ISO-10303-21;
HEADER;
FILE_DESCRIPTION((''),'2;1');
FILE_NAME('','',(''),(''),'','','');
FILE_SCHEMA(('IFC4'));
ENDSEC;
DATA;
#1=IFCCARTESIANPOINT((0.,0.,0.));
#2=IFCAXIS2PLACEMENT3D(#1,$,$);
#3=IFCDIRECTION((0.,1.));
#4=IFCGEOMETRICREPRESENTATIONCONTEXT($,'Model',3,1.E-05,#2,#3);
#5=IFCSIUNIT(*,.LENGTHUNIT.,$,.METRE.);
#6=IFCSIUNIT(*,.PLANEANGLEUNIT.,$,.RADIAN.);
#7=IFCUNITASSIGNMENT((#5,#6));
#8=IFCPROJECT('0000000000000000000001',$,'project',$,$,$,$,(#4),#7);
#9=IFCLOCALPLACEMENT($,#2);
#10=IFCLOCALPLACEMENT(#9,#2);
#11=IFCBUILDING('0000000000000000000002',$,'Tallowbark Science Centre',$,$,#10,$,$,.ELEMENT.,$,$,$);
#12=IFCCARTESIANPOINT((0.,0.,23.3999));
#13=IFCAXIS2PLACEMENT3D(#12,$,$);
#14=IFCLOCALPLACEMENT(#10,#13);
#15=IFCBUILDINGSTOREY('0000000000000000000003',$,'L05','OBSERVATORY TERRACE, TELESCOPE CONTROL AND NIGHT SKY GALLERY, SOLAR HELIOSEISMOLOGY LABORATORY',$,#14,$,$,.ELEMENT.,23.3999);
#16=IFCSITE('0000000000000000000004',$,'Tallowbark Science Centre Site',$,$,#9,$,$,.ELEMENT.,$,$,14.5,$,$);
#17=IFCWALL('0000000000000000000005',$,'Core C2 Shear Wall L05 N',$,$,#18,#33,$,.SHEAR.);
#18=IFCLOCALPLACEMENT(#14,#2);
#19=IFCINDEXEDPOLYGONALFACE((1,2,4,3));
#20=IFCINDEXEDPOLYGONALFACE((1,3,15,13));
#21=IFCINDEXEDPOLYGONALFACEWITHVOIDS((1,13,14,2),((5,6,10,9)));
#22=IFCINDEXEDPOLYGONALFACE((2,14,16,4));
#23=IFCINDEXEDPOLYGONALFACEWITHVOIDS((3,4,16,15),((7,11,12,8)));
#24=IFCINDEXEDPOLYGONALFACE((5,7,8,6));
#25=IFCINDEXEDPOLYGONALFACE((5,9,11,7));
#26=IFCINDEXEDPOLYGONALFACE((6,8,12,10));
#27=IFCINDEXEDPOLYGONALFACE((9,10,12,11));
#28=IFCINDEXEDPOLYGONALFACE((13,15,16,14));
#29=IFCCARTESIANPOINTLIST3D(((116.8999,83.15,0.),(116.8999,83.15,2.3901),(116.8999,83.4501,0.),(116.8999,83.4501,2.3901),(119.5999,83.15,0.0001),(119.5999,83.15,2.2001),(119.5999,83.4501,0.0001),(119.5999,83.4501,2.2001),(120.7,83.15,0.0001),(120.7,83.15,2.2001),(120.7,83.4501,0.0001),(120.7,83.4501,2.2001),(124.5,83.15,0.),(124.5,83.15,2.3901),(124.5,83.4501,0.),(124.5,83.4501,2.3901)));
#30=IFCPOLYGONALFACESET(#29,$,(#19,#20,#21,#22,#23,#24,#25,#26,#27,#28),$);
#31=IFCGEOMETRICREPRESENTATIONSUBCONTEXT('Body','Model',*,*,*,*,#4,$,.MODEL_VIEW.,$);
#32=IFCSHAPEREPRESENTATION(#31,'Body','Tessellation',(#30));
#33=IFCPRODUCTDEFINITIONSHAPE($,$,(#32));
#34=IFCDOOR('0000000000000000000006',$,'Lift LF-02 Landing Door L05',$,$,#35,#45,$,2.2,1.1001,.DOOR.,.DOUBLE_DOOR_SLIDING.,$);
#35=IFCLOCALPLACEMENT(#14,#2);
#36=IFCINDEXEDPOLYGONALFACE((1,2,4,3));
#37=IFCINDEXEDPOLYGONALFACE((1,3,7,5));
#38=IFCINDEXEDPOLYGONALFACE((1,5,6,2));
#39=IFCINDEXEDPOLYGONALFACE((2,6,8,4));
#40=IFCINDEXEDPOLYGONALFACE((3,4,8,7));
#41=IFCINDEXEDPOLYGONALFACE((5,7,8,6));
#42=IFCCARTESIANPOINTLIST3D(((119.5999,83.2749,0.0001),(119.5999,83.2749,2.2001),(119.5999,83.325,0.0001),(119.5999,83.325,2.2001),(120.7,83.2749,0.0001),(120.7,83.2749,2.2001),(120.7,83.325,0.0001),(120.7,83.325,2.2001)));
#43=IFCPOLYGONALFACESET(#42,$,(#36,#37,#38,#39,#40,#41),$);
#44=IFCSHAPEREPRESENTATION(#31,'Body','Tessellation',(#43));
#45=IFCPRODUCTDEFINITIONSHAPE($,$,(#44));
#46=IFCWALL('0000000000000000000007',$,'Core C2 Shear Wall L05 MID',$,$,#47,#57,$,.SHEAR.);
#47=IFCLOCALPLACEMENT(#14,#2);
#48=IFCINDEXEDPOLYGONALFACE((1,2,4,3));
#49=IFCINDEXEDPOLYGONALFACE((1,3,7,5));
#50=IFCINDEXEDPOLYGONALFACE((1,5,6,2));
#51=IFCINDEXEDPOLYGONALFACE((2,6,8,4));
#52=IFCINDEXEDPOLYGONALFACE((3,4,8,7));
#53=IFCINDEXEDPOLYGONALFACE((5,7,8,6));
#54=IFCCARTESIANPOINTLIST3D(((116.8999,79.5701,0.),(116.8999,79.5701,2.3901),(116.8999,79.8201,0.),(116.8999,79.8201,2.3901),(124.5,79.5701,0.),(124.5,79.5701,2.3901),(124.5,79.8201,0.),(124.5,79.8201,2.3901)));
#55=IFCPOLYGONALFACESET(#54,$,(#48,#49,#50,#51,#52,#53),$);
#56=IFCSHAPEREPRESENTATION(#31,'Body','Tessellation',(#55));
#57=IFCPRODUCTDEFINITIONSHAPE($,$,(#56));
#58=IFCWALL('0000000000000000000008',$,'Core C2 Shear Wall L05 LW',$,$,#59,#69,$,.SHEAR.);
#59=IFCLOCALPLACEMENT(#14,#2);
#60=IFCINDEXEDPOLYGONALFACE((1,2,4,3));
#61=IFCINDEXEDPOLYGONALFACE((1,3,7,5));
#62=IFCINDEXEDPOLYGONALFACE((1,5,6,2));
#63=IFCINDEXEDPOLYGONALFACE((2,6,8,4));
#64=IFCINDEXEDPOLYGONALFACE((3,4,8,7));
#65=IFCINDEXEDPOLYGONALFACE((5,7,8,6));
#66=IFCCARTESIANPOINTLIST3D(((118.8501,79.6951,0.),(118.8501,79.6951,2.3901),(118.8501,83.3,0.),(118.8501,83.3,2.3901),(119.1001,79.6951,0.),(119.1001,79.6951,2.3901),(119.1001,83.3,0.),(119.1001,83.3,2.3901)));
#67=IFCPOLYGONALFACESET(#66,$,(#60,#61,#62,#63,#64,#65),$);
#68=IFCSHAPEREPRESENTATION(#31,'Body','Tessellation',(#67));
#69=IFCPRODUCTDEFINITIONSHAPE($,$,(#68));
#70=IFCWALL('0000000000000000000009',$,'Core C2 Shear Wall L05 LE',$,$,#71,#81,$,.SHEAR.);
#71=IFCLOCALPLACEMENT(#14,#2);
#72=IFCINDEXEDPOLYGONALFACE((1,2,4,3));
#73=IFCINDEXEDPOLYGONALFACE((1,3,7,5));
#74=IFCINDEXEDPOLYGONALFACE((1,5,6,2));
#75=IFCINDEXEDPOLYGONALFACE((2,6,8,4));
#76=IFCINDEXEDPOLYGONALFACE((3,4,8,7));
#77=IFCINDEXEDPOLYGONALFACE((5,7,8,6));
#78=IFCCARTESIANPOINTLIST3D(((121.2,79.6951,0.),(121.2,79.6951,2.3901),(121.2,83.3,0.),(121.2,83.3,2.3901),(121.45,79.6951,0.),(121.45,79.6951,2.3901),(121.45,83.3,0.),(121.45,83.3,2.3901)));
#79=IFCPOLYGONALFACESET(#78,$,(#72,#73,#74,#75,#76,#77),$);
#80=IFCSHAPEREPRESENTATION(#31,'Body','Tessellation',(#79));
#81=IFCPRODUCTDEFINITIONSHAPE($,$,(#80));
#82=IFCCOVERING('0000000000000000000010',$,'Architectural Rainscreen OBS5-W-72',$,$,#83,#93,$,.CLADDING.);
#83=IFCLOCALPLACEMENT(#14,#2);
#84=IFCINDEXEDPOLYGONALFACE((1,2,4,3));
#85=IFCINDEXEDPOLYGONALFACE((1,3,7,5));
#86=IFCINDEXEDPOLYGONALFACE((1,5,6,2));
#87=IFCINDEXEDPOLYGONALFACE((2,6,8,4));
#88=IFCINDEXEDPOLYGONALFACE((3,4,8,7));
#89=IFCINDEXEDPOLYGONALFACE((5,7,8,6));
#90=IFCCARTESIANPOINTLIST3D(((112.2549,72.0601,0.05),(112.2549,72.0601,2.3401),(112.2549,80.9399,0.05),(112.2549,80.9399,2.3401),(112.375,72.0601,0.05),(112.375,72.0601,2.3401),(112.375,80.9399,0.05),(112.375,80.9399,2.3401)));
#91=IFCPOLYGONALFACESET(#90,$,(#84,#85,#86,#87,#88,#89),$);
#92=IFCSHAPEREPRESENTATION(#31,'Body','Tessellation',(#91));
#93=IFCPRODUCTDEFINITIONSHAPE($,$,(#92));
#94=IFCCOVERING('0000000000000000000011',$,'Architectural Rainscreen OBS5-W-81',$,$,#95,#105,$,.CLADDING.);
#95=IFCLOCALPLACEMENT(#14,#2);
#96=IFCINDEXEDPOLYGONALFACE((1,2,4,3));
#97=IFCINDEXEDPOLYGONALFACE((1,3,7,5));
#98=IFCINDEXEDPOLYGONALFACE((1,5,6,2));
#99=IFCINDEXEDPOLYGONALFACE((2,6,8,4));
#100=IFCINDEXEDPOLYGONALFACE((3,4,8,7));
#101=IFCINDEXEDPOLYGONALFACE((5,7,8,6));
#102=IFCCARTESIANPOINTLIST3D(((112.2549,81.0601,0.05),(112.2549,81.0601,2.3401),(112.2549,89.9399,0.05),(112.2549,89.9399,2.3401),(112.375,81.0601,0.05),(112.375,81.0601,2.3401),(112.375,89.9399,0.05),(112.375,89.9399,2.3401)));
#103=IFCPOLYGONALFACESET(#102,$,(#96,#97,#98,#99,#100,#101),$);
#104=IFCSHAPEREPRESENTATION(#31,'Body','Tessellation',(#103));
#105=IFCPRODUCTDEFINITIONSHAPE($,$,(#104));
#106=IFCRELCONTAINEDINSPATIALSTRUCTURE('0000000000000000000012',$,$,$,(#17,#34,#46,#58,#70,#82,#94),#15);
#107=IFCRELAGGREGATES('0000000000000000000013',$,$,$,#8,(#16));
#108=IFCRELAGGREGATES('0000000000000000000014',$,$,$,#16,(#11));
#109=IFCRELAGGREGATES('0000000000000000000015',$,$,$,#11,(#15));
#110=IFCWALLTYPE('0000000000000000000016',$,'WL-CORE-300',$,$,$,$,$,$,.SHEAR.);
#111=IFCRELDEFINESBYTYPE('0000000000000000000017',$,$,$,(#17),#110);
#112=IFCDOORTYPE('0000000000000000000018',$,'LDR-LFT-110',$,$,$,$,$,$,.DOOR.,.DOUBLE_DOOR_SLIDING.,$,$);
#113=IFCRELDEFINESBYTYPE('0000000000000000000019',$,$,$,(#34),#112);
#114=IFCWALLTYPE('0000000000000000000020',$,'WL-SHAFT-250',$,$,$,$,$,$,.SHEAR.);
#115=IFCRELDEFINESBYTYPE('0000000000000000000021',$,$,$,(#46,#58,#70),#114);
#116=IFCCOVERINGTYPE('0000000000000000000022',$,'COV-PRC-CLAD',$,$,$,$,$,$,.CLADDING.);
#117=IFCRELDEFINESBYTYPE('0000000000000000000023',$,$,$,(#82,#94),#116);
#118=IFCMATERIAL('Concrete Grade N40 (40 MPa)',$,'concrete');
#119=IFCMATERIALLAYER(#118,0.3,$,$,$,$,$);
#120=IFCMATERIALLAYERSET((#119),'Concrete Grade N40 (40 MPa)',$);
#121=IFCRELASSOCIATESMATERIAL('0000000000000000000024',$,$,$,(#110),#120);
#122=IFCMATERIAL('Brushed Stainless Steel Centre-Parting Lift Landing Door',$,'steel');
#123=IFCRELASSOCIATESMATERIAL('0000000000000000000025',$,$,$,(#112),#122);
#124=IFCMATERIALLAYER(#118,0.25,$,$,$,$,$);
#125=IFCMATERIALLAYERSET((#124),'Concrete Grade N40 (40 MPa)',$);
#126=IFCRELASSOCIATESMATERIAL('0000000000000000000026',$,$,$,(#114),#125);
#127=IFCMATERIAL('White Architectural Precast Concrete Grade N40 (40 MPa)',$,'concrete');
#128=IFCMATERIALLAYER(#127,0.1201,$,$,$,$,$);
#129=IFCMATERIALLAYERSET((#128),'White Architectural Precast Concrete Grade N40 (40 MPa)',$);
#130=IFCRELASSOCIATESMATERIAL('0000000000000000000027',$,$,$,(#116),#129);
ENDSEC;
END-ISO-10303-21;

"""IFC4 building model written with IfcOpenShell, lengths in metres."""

from ifc_helpers import new_model, si_unit, direction, frame, frame_2d, origin, origin_2d, place, context, subcontext, project, spatial, rectangle, extrude, material, layer, layer_set, type_object, element, fill, save


model = new_model("IFC4")

# Units and contexts
model_context = context("Model", 3, precision=1e-05, world=origin(), true_north=direction((0.0, 1.0)))
body_context = subcontext(model_context, "Body", "Model", "MODEL_VIEW")
ifc_project = project(units=[si_unit("LENGTHUNIT", "METRE"), si_unit("PLANEANGLEUNIT", "RADIAN")], contexts=[model_context])

# Site, building, storey
site_placement = place(None, origin())
site = spatial("IfcSite", under=ifc_project, at=site_placement, Name="Tallowbark Science Centre Site", CompositionType="ELEMENT", RefElevation=14.5)
building_placement = place(site_placement, origin())
building = spatial("IfcBuilding", under=site, at=building_placement, Name="Tallowbark Science Centre", CompositionType="ELEMENT")
storey_placement = place(building_placement, frame((0.0, 0.0, 23.3999)))
storey = spatial("IfcBuildingStorey", under=building, at=storey_placement, Name="L05", Description="OBSERVATORY TERRACE, TELESCOPE CONTROL AND NIGHT SKY GALLERY, SOLAR HELIOSEISMOLOGY LABORATORY", CompositionType="ELEMENT", Elevation=23.3999)

# Shared definitions
ifc_material_1 = material(Name="Concrete Grade N40 (40 MPa)", Category="concrete")
ifc_layer_1 = layer(ifc_material_1, 0.3)
ifc_layer_set_1 = layer_set([ifc_layer_1], Name="Concrete Grade N40 (40 MPa)")
wall_type_1 = type_object("IfcWallType", Name="WL-CORE-300", PredefinedType="SHEAR", material=ifc_layer_set_1)

# Wall, opening, door
wall_1_placement = place(storey_placement, frame((116.8999, 83.3, 0.0), z_axis=(0.0, 0.0, 1.0), x_axis=(1.0, 0.0, 0.0)))
wall_1 = element("IfcWall", 1, at=wall_1_placement, inside=storey, type_object=wall_type_1, Name="Core C2 Shear Wall L05 N", PredefinedType="SHEAR", context=body_context, shape_type="SweptSolid", body=[
    extrude(rectangle(XDim=7.6001, YDim=0.3, at=frame_2d((3.8, 0.0))), origin(), (0.0, 0.0, 1.0), 2.3901),
])
opening_1_placement = place(wall_1_placement, frame((2.7, 0.0, 0.0)))
opening_1 = element("IfcOpeningElement", 2, at=opening_1_placement, cuts=wall_1, PredefinedType="OPENING", context=body_context, shape_type="SweptSolid", body=[
    extrude(rectangle(XDim=1.1001, YDim=2.2, at=frame_2d((0.55, 1.1001))), frame((0.0, 0.1602, 0.0), z_axis=(0.0, -1.0, 0.0), x_axis=(1.0, 0.0, 0.0)), (0.0, 0.0, 1.0), 0.3201),
])
ifc_material_2 = material(Name="Brushed Stainless Steel Centre-Parting Lift Landing Door", Category="steel")
door_type_1 = type_object("IfcDoorType", Name="LDR-LFT-110", OperationType="DOUBLE_DOOR_SLIDING", PredefinedType="DOOR", material=ifc_material_2)
door_1_placement = place(opening_1_placement, origin())
door_1 = element("IfcDoor", 3, at=door_1_placement, inside=storey, type_object=door_type_1, Name="Lift LF-02 Landing Door L05", OperationType="DOUBLE_DOOR_SLIDING", OverallHeight=2.2, OverallWidth=1.1001, PredefinedType="DOOR", context=body_context, shape_type="SweptSolid", body=[
    extrude(rectangle(XDim=1.1001, YDim=2.2, at=frame_2d((0.55, 1.1001))), frame((0.0, 0.0249, 0.0), z_axis=(0.0, -1.0, 0.0), x_axis=(1.0, 0.0, 0.0)), (0.0, 0.0, 1.0), 0.05),
])
fill(opening_1, door_1)

# Walls
ifc_layer_2 = layer(ifc_material_1, 0.25)
ifc_layer_set_2 = layer_set([ifc_layer_2], Name="Concrete Grade N40 (40 MPa)")
wall_type_2 = type_object("IfcWallType", Name="WL-SHAFT-250", PredefinedType="SHEAR", material=ifc_layer_set_2)
wall_2_placement = place(storey_placement, frame((116.8999, 79.6951, 0.0), z_axis=(0.0, 0.0, 1.0), x_axis=(1.0, 0.0, 0.0)))
element("IfcWall", 4, at=wall_2_placement, inside=storey, type_object=wall_type_2, Name="Core C2 Shear Wall L05 MID", PredefinedType="SHEAR", context=body_context, shape_type="SweptSolid", body=[
    extrude(rectangle(XDim=7.6001, YDim=0.25, at=frame_2d((3.8, 0.0))), origin(), (0.0, 0.0, 1.0), 2.3901),
])
for number, where, z_axis, x_axis, name in (
    (5, (118.9751, 79.6951, 0.0), (0.0, 0.0, 1.0), (0.0, 1.0, 0.0), "Core C2 Shear Wall L05 LW"),
    (6, (121.325, 79.6951, 0.0), (0.0, 0.0, 1.0), (0.0, 1.0, 0.0), "Core C2 Shear Wall L05 LE"),
):
    element("IfcWall", number, at=place(storey_placement, frame(where, z_axis=z_axis, x_axis=x_axis)), inside=storey, type_object=wall_type_2, Name=name, PredefinedType="SHEAR", context=body_context, shape_type="SweptSolid", body=[
        extrude(rectangle(XDim=3.605, YDim=0.25, at=frame_2d((1.8025, 0.0))), origin(), (0.0, 0.0, 1.0), 2.3901),
    ])

# Coverings
ifc_material_3 = material(Name="White Architectural Precast Concrete Grade N40 (40 MPa)", Category="concrete")
ifc_layer_3 = layer(ifc_material_3, 0.1201)
ifc_layer_set_3 = layer_set([ifc_layer_3], Name="White Architectural Precast Concrete Grade N40 (40 MPa)")
covering_type = type_object("IfcCoveringType", Name="COV-PRC-CLAD", PredefinedType="CLADDING", material=ifc_layer_set_3)
for number, where, z_axis, x_axis, name in (
    (7, (112.3149, 76.5, 0.05), (0.0, 0.0, 1.0), (0.0, -1.0, 0.0), "Architectural Rainscreen OBS5-W-72"),
    (8, (112.3149, 85.5, 0.05), (0.0, 0.0, 1.0), (0.0, -1.0, 0.0), "Architectural Rainscreen OBS5-W-81"),
):
    element("IfcCovering", number, at=place(storey_placement, frame(where, z_axis=z_axis, x_axis=x_axis)), inside=storey, type_object=covering_type, Name=name, PredefinedType="CLADDING", context=body_context, shape_type="SweptSolid", body=[
        extrude(rectangle(XDim=8.8799, YDim=0.1201, at=origin_2d()), origin(), (0.0, 0.0, 1.0), 2.29),
    ])

save(model, "model.ifc")
